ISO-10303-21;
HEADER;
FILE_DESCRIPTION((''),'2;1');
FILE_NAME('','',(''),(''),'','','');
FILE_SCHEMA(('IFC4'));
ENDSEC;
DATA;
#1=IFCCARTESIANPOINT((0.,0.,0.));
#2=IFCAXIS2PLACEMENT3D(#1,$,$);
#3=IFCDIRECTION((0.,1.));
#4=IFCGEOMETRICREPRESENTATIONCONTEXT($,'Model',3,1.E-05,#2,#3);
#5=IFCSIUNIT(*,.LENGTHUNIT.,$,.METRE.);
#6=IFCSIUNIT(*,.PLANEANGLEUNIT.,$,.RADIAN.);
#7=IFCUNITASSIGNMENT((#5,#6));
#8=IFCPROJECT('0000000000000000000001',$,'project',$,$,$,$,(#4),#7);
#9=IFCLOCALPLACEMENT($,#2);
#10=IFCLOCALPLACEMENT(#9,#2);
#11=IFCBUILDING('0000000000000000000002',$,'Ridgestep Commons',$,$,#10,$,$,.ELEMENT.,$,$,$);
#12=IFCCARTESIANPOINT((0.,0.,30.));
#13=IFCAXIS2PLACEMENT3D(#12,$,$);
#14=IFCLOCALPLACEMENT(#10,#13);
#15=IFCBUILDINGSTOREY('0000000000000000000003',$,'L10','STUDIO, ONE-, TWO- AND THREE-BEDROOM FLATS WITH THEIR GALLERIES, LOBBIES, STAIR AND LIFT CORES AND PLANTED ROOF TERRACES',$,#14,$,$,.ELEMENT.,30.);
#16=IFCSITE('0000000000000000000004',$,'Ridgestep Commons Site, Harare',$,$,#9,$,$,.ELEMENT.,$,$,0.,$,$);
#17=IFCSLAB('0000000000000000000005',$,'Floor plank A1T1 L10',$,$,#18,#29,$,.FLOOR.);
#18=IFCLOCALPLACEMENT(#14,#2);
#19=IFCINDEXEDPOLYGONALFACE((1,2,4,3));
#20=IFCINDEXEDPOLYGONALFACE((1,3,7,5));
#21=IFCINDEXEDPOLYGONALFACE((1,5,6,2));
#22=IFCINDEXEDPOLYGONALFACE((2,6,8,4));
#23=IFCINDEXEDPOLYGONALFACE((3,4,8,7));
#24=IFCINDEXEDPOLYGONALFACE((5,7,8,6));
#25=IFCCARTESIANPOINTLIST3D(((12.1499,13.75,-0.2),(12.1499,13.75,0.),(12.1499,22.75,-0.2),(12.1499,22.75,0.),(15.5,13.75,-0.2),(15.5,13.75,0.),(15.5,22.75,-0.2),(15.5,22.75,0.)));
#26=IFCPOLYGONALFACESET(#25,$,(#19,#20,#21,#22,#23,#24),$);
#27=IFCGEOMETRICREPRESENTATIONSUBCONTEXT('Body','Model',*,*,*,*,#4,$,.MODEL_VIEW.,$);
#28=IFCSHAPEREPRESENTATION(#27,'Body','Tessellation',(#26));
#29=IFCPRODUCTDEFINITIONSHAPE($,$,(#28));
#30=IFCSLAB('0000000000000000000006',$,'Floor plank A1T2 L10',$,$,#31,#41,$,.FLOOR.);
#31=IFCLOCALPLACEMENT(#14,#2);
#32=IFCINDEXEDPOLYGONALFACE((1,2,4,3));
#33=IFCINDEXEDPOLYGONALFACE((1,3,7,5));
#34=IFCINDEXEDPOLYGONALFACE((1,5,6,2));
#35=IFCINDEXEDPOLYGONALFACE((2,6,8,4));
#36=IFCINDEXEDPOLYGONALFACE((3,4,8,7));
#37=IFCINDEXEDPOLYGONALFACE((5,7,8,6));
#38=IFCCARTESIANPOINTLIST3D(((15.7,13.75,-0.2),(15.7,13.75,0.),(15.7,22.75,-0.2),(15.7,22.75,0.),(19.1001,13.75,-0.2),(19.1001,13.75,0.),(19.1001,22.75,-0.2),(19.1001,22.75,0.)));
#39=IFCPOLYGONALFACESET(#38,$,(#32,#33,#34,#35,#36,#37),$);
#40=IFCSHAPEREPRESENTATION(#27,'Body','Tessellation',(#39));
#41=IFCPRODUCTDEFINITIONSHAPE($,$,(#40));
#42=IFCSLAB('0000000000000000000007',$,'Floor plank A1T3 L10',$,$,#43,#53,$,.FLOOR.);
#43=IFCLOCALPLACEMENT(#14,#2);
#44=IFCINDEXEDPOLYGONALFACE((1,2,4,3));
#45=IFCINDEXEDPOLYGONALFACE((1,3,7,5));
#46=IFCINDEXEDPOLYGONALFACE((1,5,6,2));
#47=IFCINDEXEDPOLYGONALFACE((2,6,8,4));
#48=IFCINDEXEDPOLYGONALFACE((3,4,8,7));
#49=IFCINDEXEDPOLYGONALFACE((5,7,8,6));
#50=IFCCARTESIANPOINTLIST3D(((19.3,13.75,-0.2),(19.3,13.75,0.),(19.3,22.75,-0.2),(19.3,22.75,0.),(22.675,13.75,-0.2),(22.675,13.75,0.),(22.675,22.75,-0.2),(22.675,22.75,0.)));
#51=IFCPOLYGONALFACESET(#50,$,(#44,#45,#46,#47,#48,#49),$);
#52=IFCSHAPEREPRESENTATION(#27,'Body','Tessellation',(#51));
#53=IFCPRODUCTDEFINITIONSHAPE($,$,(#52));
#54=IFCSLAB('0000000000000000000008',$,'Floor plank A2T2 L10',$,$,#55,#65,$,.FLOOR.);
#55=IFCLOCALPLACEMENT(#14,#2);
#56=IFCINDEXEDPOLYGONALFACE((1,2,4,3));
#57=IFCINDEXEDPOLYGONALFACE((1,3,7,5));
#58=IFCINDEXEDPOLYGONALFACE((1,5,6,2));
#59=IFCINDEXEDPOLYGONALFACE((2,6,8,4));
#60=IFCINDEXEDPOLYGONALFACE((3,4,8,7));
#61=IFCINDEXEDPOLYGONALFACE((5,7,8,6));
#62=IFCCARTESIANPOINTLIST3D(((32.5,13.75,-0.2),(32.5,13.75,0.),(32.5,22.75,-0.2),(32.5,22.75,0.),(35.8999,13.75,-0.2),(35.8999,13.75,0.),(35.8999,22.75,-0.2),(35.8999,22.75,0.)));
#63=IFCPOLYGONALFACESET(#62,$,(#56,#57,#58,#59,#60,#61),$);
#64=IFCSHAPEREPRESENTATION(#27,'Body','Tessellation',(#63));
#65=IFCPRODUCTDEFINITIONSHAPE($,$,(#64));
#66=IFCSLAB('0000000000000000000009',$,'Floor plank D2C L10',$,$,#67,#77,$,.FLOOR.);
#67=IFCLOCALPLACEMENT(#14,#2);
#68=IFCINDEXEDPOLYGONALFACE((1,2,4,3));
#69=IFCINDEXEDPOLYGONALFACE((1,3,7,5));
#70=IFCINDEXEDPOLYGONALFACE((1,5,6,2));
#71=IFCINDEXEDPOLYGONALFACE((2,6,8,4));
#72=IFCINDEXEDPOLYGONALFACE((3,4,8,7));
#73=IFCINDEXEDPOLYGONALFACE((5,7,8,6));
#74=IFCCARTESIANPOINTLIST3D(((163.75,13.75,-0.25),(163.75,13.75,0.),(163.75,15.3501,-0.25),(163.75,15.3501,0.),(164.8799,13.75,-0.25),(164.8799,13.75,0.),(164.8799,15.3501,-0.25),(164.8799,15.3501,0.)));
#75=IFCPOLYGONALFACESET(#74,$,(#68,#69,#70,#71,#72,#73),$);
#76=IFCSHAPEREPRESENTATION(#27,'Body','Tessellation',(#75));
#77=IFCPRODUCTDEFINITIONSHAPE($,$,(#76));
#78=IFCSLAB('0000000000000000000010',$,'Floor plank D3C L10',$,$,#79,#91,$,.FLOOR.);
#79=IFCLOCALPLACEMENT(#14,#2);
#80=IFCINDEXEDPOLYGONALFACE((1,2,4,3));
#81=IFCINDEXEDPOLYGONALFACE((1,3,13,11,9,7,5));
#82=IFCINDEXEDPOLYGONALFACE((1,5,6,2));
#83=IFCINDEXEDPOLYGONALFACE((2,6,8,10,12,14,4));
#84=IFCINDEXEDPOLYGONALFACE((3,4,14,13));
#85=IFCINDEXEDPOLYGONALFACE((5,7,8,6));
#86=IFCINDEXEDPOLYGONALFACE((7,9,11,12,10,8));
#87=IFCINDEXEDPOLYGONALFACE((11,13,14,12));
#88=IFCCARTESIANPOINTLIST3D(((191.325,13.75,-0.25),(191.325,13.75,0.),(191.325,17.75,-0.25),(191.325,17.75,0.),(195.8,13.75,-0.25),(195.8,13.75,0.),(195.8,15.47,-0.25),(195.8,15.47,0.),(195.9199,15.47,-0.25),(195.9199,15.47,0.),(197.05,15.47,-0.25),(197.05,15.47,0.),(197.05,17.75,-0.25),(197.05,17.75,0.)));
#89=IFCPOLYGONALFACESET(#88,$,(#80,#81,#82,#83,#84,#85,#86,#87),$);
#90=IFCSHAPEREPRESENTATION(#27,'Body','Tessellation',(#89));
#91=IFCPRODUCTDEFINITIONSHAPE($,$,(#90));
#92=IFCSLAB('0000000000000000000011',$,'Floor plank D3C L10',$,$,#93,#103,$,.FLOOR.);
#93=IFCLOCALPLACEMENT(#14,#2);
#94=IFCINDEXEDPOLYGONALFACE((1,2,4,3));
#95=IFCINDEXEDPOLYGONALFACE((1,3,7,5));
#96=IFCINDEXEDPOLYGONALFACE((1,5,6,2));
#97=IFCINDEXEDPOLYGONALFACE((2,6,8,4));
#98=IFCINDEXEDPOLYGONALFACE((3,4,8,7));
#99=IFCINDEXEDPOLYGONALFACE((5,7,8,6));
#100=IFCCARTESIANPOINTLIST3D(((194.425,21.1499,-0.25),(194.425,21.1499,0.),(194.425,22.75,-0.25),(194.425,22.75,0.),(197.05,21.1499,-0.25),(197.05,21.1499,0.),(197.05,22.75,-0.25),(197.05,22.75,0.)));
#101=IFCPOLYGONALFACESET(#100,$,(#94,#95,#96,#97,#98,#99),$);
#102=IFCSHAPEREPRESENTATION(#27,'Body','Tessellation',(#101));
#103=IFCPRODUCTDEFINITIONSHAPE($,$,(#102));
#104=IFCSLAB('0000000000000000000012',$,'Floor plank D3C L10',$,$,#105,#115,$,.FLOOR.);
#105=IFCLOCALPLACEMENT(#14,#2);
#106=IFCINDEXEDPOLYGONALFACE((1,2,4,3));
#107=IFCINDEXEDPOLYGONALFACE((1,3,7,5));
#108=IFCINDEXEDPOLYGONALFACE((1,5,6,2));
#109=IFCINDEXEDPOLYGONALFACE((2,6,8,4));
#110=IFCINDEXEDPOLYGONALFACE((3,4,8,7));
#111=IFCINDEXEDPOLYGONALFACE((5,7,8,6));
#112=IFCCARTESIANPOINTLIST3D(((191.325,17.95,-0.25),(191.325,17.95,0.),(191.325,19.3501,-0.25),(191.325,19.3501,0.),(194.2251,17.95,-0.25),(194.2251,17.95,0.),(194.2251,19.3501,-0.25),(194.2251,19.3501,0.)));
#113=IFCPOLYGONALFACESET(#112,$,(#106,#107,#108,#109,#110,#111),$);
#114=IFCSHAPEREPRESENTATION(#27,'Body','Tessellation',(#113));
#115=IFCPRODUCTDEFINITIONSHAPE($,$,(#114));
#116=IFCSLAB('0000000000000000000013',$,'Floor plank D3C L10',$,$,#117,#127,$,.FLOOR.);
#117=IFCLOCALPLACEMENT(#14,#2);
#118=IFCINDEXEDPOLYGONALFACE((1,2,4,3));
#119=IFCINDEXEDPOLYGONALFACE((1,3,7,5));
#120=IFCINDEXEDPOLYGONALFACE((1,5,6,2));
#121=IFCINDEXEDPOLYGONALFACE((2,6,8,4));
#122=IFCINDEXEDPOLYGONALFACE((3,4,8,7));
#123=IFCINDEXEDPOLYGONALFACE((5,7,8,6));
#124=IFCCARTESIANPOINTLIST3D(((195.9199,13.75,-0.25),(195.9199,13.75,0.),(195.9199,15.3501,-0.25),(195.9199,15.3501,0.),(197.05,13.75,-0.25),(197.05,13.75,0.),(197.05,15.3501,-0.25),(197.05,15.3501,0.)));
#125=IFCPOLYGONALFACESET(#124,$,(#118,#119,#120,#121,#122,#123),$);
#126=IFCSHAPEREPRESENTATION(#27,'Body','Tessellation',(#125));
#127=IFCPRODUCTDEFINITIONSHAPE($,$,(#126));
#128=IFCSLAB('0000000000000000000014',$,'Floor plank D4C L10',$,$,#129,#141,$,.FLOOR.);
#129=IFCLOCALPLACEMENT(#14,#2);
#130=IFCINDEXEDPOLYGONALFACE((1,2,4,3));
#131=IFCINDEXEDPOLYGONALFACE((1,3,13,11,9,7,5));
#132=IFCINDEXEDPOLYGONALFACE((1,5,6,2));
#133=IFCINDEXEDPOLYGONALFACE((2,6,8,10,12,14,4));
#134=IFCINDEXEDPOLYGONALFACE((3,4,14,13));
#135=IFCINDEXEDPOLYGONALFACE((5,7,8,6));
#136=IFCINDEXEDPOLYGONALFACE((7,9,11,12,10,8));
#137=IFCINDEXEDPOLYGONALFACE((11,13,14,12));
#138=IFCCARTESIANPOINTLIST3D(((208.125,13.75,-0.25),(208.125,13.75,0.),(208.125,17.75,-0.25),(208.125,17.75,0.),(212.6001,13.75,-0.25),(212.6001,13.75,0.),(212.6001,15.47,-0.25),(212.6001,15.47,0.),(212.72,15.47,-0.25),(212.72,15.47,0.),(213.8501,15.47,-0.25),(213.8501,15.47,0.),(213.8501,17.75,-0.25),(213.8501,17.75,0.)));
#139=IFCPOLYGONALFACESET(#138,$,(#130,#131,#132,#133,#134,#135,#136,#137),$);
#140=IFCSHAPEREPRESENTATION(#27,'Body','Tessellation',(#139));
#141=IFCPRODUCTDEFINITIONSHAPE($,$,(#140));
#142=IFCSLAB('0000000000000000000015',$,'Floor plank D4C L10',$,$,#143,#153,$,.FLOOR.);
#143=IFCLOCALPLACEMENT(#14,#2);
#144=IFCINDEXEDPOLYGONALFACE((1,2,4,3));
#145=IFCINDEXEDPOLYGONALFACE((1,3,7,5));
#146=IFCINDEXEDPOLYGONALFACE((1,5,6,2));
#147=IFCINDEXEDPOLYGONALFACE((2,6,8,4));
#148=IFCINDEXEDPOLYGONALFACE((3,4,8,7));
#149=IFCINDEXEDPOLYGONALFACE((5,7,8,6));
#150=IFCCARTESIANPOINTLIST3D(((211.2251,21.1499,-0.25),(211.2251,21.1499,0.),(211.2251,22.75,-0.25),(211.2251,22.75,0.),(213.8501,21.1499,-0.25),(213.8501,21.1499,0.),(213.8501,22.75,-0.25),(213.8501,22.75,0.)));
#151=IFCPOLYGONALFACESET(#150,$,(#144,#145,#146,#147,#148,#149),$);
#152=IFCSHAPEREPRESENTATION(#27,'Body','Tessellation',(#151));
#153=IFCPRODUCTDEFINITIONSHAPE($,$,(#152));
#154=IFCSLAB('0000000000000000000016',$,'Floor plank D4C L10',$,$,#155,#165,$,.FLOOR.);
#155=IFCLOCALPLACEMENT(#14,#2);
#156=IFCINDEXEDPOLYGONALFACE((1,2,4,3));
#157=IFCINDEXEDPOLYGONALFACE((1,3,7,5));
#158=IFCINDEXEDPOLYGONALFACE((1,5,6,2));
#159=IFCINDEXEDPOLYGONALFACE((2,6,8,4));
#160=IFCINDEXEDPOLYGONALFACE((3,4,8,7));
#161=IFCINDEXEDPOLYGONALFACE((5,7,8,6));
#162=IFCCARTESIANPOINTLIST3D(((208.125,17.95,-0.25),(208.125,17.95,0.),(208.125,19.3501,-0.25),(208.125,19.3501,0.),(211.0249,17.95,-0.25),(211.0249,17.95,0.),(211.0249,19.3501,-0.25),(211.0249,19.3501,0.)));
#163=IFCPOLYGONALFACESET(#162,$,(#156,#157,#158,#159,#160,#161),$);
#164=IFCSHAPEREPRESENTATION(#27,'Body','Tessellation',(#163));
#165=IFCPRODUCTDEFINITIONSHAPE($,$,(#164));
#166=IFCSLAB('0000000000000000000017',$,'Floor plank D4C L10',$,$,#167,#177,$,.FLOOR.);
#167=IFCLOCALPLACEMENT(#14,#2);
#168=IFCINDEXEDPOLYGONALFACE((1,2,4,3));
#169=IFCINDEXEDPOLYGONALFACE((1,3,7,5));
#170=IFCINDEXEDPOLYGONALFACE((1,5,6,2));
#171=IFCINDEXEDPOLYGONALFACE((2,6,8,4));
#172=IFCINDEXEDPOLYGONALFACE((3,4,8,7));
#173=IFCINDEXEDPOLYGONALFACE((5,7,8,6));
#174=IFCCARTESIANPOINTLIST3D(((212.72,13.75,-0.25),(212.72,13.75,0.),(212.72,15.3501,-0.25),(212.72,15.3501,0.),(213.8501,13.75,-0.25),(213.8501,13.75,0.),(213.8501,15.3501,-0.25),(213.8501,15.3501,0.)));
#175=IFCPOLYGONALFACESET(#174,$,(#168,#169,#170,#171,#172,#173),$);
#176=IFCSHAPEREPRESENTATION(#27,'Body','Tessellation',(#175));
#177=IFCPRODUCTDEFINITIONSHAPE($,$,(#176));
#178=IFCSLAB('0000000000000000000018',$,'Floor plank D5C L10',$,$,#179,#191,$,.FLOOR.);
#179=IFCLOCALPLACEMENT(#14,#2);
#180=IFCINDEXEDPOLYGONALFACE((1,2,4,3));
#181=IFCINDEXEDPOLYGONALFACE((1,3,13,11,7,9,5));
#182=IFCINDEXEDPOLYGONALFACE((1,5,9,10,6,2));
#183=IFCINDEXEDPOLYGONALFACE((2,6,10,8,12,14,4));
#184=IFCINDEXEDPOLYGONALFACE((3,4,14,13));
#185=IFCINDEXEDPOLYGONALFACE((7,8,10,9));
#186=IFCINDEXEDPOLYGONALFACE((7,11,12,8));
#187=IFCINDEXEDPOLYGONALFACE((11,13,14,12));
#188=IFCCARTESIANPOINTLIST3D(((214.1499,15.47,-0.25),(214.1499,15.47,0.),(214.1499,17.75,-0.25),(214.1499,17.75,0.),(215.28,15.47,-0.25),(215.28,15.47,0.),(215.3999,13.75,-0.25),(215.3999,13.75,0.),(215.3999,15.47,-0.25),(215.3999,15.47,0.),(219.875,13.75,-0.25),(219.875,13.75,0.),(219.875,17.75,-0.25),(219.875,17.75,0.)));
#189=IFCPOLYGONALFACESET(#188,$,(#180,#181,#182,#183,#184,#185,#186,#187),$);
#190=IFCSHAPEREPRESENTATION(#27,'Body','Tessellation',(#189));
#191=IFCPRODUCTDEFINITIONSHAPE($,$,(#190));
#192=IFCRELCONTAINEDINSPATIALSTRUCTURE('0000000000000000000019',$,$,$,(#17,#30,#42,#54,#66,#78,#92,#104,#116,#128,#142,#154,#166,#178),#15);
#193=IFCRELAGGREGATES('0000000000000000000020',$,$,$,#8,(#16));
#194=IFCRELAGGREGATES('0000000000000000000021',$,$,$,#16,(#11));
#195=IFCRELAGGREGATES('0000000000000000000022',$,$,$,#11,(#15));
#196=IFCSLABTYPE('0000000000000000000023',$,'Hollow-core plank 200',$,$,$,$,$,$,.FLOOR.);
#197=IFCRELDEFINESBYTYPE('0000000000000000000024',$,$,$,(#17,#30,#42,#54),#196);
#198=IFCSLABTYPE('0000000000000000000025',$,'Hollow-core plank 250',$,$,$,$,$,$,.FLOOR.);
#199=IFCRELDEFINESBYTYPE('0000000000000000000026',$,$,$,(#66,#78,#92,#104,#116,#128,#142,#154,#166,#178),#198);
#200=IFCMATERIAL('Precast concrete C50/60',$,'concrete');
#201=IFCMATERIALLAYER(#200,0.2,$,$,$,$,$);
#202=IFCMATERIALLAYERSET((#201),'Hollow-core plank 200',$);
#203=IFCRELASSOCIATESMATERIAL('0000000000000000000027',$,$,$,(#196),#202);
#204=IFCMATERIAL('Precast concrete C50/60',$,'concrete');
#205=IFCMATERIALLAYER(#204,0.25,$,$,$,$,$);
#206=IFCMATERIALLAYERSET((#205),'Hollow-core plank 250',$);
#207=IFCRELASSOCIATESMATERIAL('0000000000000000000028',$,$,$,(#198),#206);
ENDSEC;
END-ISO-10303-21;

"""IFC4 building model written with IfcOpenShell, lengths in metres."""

from ifc_helpers import new_model, si_unit, direction, frame, origin, place, context, subcontext, project, spatial, polyline, outline, extrude, material, layer, layer_set, type_object, element, save


model = new_model("IFC4")

# Units and contexts
model_context = context("Model", 3, precision=1e-05, world=origin(), true_north=direction((0.0, 1.0)))
body_context = subcontext(model_context, "Body", "Model", "MODEL_VIEW")
ifc_project = project(units=[si_unit("LENGTHUNIT", "METRE"), si_unit("PLANEANGLEUNIT", "RADIAN")], contexts=[model_context])

# Site, building, storey
site_placement = place(None, origin())
site = spatial("IfcSite", under=ifc_project, at=site_placement, Name="Ridgestep Commons Site, Harare", CompositionType="ELEMENT", RefElevation=0.0)
building_placement = place(site_placement, origin())
building = spatial("IfcBuilding", under=site, at=building_placement, Name="Ridgestep Commons", CompositionType="ELEMENT")
storey_placement = place(building_placement, frame((0.0, 0.0, 30.0)))
storey = spatial("IfcBuildingStorey", under=building, at=storey_placement, Name="L10", Description="STUDIO, ONE-, TWO- AND THREE-BEDROOM FLATS WITH THEIR GALLERIES, LOBBIES, STAIR AND LIFT CORES AND PLANTED ROOF TERRACES", CompositionType="ELEMENT", Elevation=30.0)

# Slabs
ifc_material_1 = material(Name="Precast concrete C50/60", Category="concrete")
ifc_layer_1 = layer(ifc_material_1, 0.2)
ifc_layer_set_1 = layer_set([ifc_layer_1], Name="Hollow-core plank 200")
slab_type_1 = type_object("IfcSlabType", Name="Hollow-core plank 200", PredefinedType="FLOOR", material=ifc_layer_set_1)
slab_1_placement = place(storey_placement, frame((0.0, 0.0, -0.2)))
element("IfcSlab", 1, at=slab_1_placement, inside=storey, type_object=slab_type_1, Name="Floor plank A1T1 L10", PredefinedType="FLOOR", context=body_context, shape_type="SweptSolid", body=[
    extrude(outline(polyline([(15.5, 13.75), (15.5, 22.75), (12.1499, 22.75), (12.1499, 13.75), (15.5, 13.75)])), origin(), (0.0, 0.0, 1.0), 0.2),
])
slab_2_placement = place(storey_placement, frame((0.0, 0.0, -0.2)))
element("IfcSlab", 2, at=slab_2_placement, inside=storey, type_object=slab_type_1, Name="Floor plank A1T2 L10", PredefinedType="FLOOR", context=body_context, shape_type="SweptSolid", body=[
    extrude(outline(polyline([(19.1001, 13.75), (19.1001, 22.75), (15.7, 22.75), (15.7, 13.75), (19.1001, 13.75)])), origin(), (0.0, 0.0, 1.0), 0.2),
])
slab_3_placement = place(storey_placement, frame((0.0, 0.0, -0.2)))
element("IfcSlab", 3, at=slab_3_placement, inside=storey, type_object=slab_type_1, Name="Floor plank A1T3 L10", PredefinedType="FLOOR", context=body_context, shape_type="SweptSolid", body=[
    extrude(outline(polyline([(22.675, 13.75), (22.675, 22.75), (19.3, 22.75), (19.3, 13.75), (22.675, 13.75)])), origin(), (0.0, 0.0, 1.0), 0.2),
])
slab_4_placement = place(storey_placement, frame((0.0, 0.0, -0.2)))
element("IfcSlab", 4, at=slab_4_placement, inside=storey, type_object=slab_type_1, Name="Floor plank A2T2 L10", PredefinedType="FLOOR", context=body_context, shape_type="SweptSolid", body=[
    extrude(outline(polyline([(35.8999, 13.75), (35.8999, 22.75), (32.5, 22.75), (32.5, 13.75), (35.8999, 13.75)])), origin(), (0.0, 0.0, 1.0), 0.2),
])
ifc_material_2 = material(Name="Precast concrete C50/60", Category="concrete")
ifc_layer_2 = layer(ifc_material_2, 0.25)
ifc_layer_set_2 = layer_set([ifc_layer_2], Name="Hollow-core plank 250")
slab_type_2 = type_object("IfcSlabType", Name="Hollow-core plank 250", PredefinedType="FLOOR", material=ifc_layer_set_2)
slab_5_placement = place(storey_placement, frame((0.0, 0.0, -0.25)))
element("IfcSlab", 5, at=slab_5_placement, inside=storey, type_object=slab_type_2, Name="Floor plank D2C L10", PredefinedType="FLOOR", context=body_context, shape_type="SweptSolid", body=[
    extrude(outline(polyline([(164.8799, 15.3501), (163.75, 15.3501), (163.75, 13.75), (164.8799, 13.75), (164.8799, 15.3501)])), origin(), (0.0, 0.0, 1.0), 0.25),
])
slab_6_placement = place(storey_placement, frame((0.0, 0.0, -0.25)))
element("IfcSlab", 6, at=slab_6_placement, inside=storey, type_object=slab_type_2, Name="Floor plank D3C L10", PredefinedType="FLOOR", context=body_context, shape_type="SweptSolid", body=[
    extrude(outline(polyline([(195.9199, 15.47), (197.05, 15.47), (197.05, 17.75), (191.325, 17.75), (191.325, 13.75), (195.8, 13.75), (195.8, 15.47), (195.9199, 15.47)])), origin(), (0.0, 0.0, 1.0), 0.25),
])
slab_7_placement = place(storey_placement, frame((0.0, 0.0, -0.25)))
element("IfcSlab", 7, at=slab_7_placement, inside=storey, type_object=slab_type_2, Name="Floor plank D3C L10", PredefinedType="FLOOR", context=body_context, shape_type="SweptSolid", body=[
    extrude(outline(polyline([(197.05, 21.1499), (197.05, 22.75), (194.425, 22.75), (194.425, 21.1499), (197.05, 21.1499)])), origin(), (0.0, 0.0, 1.0), 0.25),
])
slab_8_placement = place(storey_placement, frame((0.0, 0.0, -0.25)))
element("IfcSlab", 8, at=slab_8_placement, inside=storey, type_object=slab_type_2, Name="Floor plank D3C L10", PredefinedType="FLOOR", context=body_context, shape_type="SweptSolid", body=[
    extrude(outline(polyline([(194.2251, 17.95), (194.2251, 19.3501), (191.325, 19.3501), (191.325, 17.95), (194.2251, 17.95)])), origin(), (0.0, 0.0, 1.0), 0.25),
])
slab_9_placement = place(storey_placement, frame((0.0, 0.0, -0.25)))
element("IfcSlab", 9, at=slab_9_placement, inside=storey, type_object=slab_type_2, Name="Floor plank D3C L10", PredefinedType="FLOOR", context=body_context, shape_type="SweptSolid", body=[
    extrude(outline(polyline([(195.9199, 13.75), (197.05, 13.75), (197.05, 15.3501), (195.9199, 15.3501), (195.9199, 13.75)])), origin(), (0.0, 0.0, 1.0), 0.25),
])
slab_10_placement = place(storey_placement, frame((0.0, 0.0, -0.25)))
element("IfcSlab", 10, at=slab_10_placement, inside=storey, type_object=slab_type_2, Name="Floor plank D4C L10", PredefinedType="FLOOR", context=body_context, shape_type="SweptSolid", body=[
    extrude(outline(polyline([(212.72, 15.47), (213.8501, 15.47), (213.8501, 17.75), (208.125, 17.75), (208.125, 13.75), (212.6001, 13.75), (212.6001, 15.47), (212.72, 15.47)])), origin(), (0.0, 0.0, 1.0), 0.25),
])
slab_11_placement = place(storey_placement, frame((0.0, 0.0, -0.25)))
element("IfcSlab", 11, at=slab_11_placement, inside=storey, type_object=slab_type_2, Name="Floor plank D4C L10", PredefinedType="FLOOR", context=body_context, shape_type="SweptSolid", body=[
    extrude(outline(polyline([(213.8501, 21.1499), (213.8501, 22.75), (211.2251, 22.75), (211.2251, 21.1499), (213.8501, 21.1499)])), origin(), (0.0, 0.0, 1.0), 0.25),
])
slab_12_placement = place(storey_placement, frame((0.0, 0.0, -0.25)))
element("IfcSlab", 12, at=slab_12_placement, inside=storey, type_object=slab_type_2, Name="Floor plank D4C L10", PredefinedType="FLOOR", context=body_context, shape_type="SweptSolid", body=[
    extrude(outline(polyline([(211.0249, 17.95), (211.0249, 19.3501), (208.125, 19.3501), (208.125, 17.95), (211.0249, 17.95)])), origin(), (0.0, 0.0, 1.0), 0.25),
])
slab_13_placement = place(storey_placement, frame((0.0, 0.0, -0.25)))
element("IfcSlab", 13, at=slab_13_placement, inside=storey, type_object=slab_type_2, Name="Floor plank D4C L10", PredefinedType="FLOOR", context=body_context, shape_type="SweptSolid", body=[
    extrude(outline(polyline([(212.72, 13.75), (213.8501, 13.75), (213.8501, 15.3501), (212.72, 15.3501), (212.72, 13.75)])), origin(), (0.0, 0.0, 1.0), 0.25),
])
slab_14_placement = place(storey_placement, frame((0.0, 0.0, -0.25)))
element("IfcSlab", 14, at=slab_14_placement, inside=storey, type_object=slab_type_2, Name="Floor plank D5C L10", PredefinedType="FLOOR", context=body_context, shape_type="SweptSolid", body=[
    extrude(outline(polyline([(215.3999, 13.75), (219.875, 13.75), (219.875, 17.75), (214.1499, 17.75), (214.1499, 15.47), (215.28, 15.47), (215.3999, 15.47), (215.3999, 13.75)])), origin(), (0.0, 0.0, 1.0), 0.25),
])

save(model, "model.ifc")
